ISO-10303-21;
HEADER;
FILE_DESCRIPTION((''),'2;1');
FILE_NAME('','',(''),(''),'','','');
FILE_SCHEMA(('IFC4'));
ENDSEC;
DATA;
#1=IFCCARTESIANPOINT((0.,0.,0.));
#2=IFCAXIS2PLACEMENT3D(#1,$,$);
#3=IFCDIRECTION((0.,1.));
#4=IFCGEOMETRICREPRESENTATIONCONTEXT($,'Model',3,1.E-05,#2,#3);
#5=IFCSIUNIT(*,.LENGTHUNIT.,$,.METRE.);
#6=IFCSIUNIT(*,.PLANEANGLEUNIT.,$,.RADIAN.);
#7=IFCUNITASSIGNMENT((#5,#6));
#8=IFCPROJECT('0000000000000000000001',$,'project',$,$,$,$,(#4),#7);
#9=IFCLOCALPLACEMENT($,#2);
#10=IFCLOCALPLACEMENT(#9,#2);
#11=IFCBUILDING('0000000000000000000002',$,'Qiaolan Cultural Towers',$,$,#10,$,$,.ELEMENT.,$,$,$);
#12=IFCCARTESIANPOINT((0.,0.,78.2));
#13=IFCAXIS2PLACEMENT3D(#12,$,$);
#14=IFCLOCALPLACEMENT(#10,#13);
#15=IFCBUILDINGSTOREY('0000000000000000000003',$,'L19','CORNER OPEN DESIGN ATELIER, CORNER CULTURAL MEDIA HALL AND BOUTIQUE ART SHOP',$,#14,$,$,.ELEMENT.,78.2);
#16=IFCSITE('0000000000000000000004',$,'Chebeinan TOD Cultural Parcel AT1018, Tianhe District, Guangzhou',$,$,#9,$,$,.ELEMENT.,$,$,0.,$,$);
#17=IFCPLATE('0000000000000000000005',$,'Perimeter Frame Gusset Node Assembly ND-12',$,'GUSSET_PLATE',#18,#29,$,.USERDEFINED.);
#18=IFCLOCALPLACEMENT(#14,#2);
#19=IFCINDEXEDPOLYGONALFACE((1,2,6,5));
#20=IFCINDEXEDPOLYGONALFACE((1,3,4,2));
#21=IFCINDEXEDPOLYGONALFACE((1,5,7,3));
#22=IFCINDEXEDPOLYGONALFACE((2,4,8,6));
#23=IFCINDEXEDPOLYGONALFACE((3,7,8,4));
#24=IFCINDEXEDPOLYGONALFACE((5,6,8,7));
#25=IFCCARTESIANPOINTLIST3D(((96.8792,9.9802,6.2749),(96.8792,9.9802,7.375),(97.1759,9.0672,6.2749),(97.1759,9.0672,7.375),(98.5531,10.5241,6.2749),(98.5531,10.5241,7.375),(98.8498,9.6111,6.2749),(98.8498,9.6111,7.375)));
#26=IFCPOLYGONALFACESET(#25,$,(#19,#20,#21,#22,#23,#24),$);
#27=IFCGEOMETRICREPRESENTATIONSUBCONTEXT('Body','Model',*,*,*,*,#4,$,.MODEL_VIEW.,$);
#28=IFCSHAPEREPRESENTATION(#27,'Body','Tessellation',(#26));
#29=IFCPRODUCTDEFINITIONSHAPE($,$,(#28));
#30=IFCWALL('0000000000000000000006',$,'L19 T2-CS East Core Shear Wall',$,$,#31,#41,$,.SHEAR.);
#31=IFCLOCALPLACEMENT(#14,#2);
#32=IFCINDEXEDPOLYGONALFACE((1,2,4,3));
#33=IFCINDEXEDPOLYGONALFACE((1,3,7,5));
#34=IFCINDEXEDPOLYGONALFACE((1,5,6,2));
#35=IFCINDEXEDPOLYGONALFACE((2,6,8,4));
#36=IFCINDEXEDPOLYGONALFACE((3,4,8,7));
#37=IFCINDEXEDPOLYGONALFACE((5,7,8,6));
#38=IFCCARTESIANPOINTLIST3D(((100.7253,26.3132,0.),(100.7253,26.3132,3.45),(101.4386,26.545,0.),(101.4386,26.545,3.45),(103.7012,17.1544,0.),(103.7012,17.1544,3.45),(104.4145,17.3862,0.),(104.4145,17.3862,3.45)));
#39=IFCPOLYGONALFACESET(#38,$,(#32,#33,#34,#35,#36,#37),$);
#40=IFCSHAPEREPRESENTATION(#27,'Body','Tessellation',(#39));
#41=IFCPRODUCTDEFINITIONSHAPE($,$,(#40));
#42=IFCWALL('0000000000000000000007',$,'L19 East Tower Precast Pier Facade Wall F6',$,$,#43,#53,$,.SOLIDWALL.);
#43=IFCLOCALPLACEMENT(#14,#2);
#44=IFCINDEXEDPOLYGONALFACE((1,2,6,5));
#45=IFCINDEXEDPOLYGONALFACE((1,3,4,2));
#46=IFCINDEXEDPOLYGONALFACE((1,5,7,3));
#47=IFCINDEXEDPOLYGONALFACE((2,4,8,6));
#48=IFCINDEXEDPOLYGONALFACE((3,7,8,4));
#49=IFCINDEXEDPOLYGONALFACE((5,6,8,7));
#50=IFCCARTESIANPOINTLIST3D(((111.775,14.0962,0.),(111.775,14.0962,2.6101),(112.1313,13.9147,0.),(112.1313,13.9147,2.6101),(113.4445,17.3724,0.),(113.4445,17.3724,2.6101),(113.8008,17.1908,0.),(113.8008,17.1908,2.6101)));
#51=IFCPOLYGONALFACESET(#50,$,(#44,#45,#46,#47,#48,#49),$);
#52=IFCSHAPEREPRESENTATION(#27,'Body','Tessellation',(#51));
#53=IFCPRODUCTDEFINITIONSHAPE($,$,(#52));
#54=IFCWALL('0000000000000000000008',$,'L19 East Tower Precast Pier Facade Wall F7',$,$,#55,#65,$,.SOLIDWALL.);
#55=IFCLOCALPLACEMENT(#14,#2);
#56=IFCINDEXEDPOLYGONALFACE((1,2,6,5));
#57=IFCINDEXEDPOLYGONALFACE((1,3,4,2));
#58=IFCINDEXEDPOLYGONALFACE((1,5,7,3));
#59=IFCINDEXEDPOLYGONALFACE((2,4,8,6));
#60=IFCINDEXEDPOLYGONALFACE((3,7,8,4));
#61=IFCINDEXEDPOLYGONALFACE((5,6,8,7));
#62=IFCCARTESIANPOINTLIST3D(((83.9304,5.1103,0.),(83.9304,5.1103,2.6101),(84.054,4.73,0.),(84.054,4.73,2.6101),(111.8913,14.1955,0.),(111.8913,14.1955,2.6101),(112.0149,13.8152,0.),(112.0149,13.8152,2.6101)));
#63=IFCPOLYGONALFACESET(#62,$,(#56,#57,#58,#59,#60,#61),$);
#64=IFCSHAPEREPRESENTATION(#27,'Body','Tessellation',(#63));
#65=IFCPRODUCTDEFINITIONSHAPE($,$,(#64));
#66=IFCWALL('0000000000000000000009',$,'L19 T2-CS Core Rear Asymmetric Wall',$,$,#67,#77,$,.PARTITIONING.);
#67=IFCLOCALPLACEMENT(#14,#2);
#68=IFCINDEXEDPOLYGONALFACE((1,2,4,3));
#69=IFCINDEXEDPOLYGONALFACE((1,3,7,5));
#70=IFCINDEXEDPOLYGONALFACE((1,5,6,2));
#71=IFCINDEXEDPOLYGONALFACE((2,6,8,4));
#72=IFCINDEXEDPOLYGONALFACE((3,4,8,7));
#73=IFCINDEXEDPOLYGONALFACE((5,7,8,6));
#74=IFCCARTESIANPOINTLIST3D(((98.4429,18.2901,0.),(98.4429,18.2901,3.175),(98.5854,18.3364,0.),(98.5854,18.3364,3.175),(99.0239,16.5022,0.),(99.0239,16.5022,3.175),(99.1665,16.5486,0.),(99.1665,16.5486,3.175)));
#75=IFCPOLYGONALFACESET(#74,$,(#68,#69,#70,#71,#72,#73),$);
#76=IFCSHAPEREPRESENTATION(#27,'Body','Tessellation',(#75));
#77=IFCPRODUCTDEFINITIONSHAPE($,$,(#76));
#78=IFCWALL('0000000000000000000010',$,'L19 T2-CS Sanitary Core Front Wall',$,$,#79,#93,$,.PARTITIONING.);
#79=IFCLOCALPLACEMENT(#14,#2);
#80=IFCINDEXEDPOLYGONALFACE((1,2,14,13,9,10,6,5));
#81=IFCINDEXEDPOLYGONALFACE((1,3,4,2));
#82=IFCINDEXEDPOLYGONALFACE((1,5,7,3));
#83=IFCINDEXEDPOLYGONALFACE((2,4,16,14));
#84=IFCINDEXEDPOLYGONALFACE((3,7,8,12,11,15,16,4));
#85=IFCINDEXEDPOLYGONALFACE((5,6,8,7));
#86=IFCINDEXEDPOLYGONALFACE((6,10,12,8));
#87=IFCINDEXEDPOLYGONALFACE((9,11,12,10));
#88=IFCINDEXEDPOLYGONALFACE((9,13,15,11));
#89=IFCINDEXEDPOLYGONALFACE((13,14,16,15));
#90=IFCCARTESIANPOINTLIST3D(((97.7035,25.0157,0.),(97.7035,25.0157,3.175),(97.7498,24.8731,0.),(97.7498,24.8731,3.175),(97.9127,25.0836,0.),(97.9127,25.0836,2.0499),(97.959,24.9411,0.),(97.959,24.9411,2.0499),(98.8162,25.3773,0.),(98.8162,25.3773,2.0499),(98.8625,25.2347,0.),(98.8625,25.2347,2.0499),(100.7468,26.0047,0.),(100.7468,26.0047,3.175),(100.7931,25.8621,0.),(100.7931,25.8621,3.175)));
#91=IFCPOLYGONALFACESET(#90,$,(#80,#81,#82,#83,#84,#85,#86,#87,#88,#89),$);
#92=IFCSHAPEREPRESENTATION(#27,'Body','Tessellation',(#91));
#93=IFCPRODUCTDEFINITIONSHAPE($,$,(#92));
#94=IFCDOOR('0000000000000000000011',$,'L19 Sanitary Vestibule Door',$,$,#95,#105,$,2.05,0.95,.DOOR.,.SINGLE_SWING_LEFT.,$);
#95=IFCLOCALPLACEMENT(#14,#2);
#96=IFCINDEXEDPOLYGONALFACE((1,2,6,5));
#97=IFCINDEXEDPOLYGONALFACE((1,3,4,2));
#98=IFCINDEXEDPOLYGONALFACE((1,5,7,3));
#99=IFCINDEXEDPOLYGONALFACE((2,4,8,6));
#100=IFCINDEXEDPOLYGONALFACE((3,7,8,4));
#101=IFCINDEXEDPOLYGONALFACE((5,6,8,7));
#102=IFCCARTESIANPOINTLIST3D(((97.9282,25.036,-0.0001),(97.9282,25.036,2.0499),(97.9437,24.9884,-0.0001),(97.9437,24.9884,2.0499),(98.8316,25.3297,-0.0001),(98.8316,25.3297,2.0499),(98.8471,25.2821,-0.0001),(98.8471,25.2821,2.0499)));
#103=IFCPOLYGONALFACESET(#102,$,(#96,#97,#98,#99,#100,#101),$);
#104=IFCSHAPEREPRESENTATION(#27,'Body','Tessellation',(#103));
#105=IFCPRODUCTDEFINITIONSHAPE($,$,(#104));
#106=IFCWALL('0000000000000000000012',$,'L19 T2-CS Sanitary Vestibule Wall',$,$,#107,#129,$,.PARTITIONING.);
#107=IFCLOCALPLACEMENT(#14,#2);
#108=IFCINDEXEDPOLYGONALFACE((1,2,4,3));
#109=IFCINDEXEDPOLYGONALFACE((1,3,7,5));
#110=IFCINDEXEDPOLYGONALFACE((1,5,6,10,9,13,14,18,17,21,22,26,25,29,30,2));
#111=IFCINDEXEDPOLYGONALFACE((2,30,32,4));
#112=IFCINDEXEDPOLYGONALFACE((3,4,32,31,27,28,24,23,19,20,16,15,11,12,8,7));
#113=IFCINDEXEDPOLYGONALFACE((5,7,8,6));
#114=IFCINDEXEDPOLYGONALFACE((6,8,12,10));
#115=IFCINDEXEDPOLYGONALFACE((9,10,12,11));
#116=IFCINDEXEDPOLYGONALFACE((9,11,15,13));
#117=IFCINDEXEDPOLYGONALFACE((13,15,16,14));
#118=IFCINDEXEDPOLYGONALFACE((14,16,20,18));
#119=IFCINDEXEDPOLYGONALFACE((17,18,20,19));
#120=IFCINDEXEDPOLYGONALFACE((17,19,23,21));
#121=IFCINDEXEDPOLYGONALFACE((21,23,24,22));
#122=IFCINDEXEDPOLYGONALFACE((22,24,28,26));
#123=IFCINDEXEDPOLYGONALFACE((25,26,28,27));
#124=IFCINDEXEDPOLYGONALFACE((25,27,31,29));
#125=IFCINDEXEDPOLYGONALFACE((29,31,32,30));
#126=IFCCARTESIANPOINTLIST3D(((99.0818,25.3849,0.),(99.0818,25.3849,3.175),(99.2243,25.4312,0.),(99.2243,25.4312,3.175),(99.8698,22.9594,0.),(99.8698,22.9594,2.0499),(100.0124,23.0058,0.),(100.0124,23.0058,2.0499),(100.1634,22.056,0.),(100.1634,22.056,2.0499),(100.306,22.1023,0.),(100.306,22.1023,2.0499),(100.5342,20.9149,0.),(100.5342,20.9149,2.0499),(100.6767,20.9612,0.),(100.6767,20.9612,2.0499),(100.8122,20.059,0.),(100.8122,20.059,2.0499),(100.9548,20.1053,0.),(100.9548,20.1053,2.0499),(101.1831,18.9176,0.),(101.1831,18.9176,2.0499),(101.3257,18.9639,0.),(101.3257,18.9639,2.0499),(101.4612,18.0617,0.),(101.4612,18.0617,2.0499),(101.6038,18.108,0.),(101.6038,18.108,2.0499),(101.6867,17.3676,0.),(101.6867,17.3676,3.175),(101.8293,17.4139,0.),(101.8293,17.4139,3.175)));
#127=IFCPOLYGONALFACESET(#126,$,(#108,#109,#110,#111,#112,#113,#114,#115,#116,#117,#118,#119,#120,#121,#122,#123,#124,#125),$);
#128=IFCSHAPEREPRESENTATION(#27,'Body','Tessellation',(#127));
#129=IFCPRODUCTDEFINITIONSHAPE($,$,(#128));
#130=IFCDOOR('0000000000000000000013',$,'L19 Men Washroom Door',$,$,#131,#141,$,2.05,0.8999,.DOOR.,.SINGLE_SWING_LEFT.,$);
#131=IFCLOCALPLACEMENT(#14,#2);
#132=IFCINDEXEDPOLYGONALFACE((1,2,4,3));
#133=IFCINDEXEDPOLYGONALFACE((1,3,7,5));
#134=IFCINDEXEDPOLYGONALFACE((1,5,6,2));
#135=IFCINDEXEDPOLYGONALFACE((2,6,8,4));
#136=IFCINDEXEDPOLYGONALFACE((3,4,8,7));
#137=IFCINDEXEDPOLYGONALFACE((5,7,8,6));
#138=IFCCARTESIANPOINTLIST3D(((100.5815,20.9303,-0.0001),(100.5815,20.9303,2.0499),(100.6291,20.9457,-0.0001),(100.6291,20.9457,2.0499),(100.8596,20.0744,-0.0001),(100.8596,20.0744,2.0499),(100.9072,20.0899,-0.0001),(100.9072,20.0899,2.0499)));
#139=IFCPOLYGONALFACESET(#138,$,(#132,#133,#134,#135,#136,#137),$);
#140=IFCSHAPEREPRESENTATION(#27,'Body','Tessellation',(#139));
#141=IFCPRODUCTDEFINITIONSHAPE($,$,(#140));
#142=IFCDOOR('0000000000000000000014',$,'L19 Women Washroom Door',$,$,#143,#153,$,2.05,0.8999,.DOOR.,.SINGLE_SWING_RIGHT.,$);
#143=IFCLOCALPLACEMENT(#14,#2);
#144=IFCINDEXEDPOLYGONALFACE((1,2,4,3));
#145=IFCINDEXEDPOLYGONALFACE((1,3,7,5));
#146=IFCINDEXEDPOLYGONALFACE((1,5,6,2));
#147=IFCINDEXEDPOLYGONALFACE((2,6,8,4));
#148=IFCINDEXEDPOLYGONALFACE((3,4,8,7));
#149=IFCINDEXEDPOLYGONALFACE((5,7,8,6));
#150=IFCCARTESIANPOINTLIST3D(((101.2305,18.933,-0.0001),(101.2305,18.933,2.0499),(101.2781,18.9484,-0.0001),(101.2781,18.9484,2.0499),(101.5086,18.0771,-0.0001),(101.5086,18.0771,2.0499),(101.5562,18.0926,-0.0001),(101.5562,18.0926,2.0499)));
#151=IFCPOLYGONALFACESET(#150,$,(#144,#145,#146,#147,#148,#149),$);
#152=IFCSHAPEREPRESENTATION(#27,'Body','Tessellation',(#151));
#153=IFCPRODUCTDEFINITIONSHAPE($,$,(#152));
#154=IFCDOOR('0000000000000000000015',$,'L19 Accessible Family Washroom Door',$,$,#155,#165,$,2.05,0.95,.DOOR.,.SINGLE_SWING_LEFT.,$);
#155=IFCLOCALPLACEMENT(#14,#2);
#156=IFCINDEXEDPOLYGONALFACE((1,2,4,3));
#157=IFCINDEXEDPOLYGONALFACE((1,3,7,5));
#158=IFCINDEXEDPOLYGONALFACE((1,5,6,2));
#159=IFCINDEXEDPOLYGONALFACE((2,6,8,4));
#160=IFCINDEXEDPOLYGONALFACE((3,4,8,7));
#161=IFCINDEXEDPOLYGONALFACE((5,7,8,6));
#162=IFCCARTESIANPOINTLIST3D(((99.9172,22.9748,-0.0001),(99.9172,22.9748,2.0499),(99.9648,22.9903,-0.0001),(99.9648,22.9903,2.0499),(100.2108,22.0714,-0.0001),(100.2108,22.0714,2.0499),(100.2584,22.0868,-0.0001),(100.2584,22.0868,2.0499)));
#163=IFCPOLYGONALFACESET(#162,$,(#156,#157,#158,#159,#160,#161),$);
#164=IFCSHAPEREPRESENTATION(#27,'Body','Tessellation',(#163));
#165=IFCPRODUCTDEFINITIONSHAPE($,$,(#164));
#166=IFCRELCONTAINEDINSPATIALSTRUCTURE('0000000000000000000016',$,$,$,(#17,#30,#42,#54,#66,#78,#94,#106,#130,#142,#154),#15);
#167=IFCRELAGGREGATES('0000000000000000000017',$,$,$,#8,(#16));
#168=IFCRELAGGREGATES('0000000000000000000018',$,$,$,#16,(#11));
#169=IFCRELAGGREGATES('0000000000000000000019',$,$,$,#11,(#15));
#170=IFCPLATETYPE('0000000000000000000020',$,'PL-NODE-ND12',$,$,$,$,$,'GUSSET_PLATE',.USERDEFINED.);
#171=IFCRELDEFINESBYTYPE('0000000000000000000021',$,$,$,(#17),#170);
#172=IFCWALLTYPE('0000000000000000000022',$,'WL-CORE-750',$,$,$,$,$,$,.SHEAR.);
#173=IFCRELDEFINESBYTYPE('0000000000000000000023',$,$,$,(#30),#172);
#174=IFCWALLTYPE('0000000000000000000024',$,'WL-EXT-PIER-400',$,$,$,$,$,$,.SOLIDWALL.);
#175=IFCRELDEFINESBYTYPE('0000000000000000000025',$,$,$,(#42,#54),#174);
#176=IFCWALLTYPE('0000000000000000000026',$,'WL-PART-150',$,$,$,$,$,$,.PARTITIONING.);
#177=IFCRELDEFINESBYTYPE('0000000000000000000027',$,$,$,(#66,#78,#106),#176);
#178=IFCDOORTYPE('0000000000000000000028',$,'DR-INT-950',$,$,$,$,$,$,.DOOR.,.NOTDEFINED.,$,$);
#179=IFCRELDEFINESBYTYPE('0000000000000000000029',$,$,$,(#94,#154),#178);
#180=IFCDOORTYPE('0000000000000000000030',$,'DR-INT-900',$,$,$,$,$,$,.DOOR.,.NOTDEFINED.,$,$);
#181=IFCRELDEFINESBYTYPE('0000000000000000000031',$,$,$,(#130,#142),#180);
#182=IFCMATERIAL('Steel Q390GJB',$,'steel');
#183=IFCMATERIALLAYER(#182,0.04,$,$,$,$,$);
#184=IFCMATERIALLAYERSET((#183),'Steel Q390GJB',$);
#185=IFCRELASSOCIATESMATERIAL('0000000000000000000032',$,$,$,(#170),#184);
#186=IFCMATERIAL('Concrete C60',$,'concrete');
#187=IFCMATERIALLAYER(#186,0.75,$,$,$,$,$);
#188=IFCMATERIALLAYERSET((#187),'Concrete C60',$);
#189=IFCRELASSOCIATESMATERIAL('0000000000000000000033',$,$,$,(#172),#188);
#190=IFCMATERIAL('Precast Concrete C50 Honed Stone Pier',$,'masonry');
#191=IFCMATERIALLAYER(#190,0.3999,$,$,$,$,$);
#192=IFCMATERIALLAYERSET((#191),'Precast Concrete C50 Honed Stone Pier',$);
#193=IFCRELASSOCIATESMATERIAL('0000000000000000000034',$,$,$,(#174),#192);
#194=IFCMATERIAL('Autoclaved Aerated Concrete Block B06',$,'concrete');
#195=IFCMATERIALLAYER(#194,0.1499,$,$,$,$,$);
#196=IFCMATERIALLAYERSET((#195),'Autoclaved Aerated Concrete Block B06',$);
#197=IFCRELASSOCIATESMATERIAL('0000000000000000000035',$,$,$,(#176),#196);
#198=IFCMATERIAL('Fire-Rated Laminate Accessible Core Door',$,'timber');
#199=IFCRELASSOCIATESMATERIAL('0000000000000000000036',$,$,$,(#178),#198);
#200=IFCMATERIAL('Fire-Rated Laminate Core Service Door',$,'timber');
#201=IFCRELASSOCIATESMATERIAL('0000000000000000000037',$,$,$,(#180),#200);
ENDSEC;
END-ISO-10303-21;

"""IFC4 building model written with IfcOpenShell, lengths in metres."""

from ifc_helpers import new_model, si_unit, direction, frame, frame_2d, origin, origin_2d, place, context, subcontext, project, spatial, rectangle, extrude, material, layer, layer_set, type_object, element, fill, save


model = new_model("IFC4")

# Units and contexts
model_context = context("Model", 3, precision=1e-05, world=origin(), true_north=direction((0.0, 1.0)))
body_context = subcontext(model_context, "Body", "Model", "MODEL_VIEW")
ifc_project = project(units=[si_unit("LENGTHUNIT", "METRE"), si_unit("PLANEANGLEUNIT", "RADIAN")], contexts=[model_context])

# Site, building, storey
site_placement = place(None, origin())
site = spatial("IfcSite", under=ifc_project, at=site_placement, Name="Chebeinan TOD Cultural Parcel AT1018, Tianhe District, Guangzhou", CompositionType="ELEMENT", RefElevation=0.0)
building_placement = place(site_placement, origin())
building = spatial("IfcBuilding", under=site, at=building_placement, Name="Qiaolan Cultural Towers", CompositionType="ELEMENT")
storey_placement = place(building_placement, frame((0.0, 0.0, 78.2)))
storey = spatial("IfcBuildingStorey", under=building, at=storey_placement, Name="L19", Description="CORNER OPEN DESIGN ATELIER, CORNER CULTURAL MEDIA HALL AND BOUTIQUE ART SHOP", CompositionType="ELEMENT", Elevation=78.2)

# Plate
ifc_material_1 = material(Name="Steel Q390GJB", Category="steel")
ifc_layer_1 = layer(ifc_material_1, 0.04)
ifc_layer_set_1 = layer_set([ifc_layer_1], Name="Steel Q390GJB")
plate_type_1 = type_object("IfcPlateType", Name="PL-NODE-ND12", ElementType="GUSSET_PLATE", PredefinedType="USERDEFINED", material=ifc_layer_set_1)
plate_placement = place(storey_placement, frame((97.8645, 9.7957, 6.2749), z_axis=(0.0, 0.0, 1.0), x_axis=(0.951057, 0.309017, 0.0)))
element("IfcPlate", 1, at=plate_placement, inside=storey, type_object=plate_type_1, Name="Perimeter Frame Gusset Node Assembly ND-12", ObjectType="GUSSET_PLATE", PredefinedType="USERDEFINED", context=body_context, shape_type="SweptSolid", body=[
    extrude(rectangle(XDim=1.76, YDim=0.96, at=origin_2d()), origin(), (0.0, 0.0, 1.0), 1.1001),
])

# Walls
ifc_material_2 = material(Name="Concrete C60", Category="concrete")
ifc_layer_2 = layer(ifc_material_2, 0.75)
ifc_layer_set_2 = layer_set([ifc_layer_2], Name="Concrete C60")
wall_type_1 = type_object("IfcWallType", Name="WL-CORE-750", PredefinedType="SHEAR", material=ifc_layer_set_2)
wall_1_placement = place(storey_placement, frame((101.082, 26.429, 0.0), z_axis=(0.0, 0.0, 1.0), x_axis=(0.309016, -0.951057, 0.0)))
element("IfcWall", 2, at=wall_1_placement, inside=storey, type_object=wall_type_1, Name="L19 T2-CS East Core Shear Wall", PredefinedType="SHEAR", context=body_context, shape_type="SweptSolid", body=[
    extrude(rectangle(XDim=9.6301, YDim=0.75, at=frame_2d((4.8149, 0.0))), origin(), (0.0, 0.0, 1.0), 3.45),
])
ifc_material_3 = material(Name="Precast Concrete C50 Honed Stone Pier", Category="masonry")
ifc_layer_3 = layer(ifc_material_3, 0.3999)
ifc_layer_set_3 = layer_set([ifc_layer_3], Name="Precast Concrete C50 Honed Stone Pier")
wall_type_2 = type_object("IfcWallType", Name="WL-EXT-PIER-400", PredefinedType="SOLIDWALL", material=ifc_layer_set_3)
wall_2_placement = place(storey_placement, frame((113.6226, 17.2815, 0.0), z_axis=(0.0, 0.0, 1.0), x_axis=(-0.454026, -0.890988, 0.0)))
element("IfcWall", 3, at=wall_2_placement, inside=storey, type_object=wall_type_2, Name="L19 East Tower Precast Pier Facade Wall F6", PredefinedType="SOLIDWALL", context=body_context, shape_type="SweptSolid", body=[
    extrude(rectangle(XDim=3.677, YDim=0.3999, at=frame_2d((1.8384, 0.0))), origin(), (0.0, 0.0, 1.0), 2.6101),
])
wall_3_placement = place(storey_placement, frame((111.9531, 14.0054, 0.0), z_axis=(0.0, 0.0, 1.0), x_axis=(-0.951055, -0.309021, 0.0)))
element("IfcWall", 4, at=wall_3_placement, inside=storey, type_object=wall_type_2, Name="L19 East Tower Precast Pier Facade Wall F7", PredefinedType="SOLIDWALL", context=body_context, shape_type="SweptSolid", body=[
    extrude(rectangle(XDim=29.3999, YDim=0.3999, at=frame_2d((14.7, 0.0))), origin(), (0.0, 0.0, 1.0), 2.6101),
])
ifc_material_4 = material(Name="Autoclaved Aerated Concrete Block B06", Category="concrete")
ifc_layer_4 = layer(ifc_material_4, 0.1499)
ifc_layer_set_4 = layer_set([ifc_layer_4], Name="Autoclaved Aerated Concrete Block B06")
wall_type_3 = type_object("IfcWallType", Name="WL-PART-150", PredefinedType="PARTITIONING", material=ifc_layer_set_4)
wall_4_placement = place(storey_placement, frame((98.5142, 18.3132, 0.0), z_axis=(0.0, 0.0, 1.0), x_axis=(0.309089, -0.951033, 0.0)))
element("IfcWall", 5, at=wall_4_placement, inside=storey, type_object=wall_type_3, Name="L19 T2-CS Core Rear Asymmetric Wall", PredefinedType="PARTITIONING", context=body_context, shape_type="SweptSolid", body=[
    extrude(rectangle(XDim=1.8799, YDim=0.1499, at=frame_2d((0.9399, 0.0))), origin(), (0.0, 0.0, 1.0), 3.175),
])

# Wall, opening, door
wall_5_placement = place(storey_placement, frame((97.7266, 24.9443, 0.0), z_axis=(0.0, 0.0, 1.0), x_axis=(0.951037, 0.309077, 0.0)))
wall_5 = element("IfcWall", 6, at=wall_5_placement, inside=storey, type_object=wall_type_3, Name="L19 T2-CS Sanitary Core Front Wall", PredefinedType="PARTITIONING", context=body_context, shape_type="SweptSolid", body=[
    extrude(rectangle(XDim=3.2, YDim=0.1499, at=frame_2d((1.6001, 0.0))), origin(), (0.0, 0.0, 1.0), 3.175),
])
opening_1_placement = place(wall_5_placement, frame((0.22, 0.0, 0.0)))
opening_1 = element("IfcOpeningElement", 7, at=opening_1_placement, cuts=wall_5, PredefinedType="OPENING", context=body_context, shape_type="SweptSolid", body=[
    extrude(rectangle(XDim=0.95, YDim=2.05, at=frame_2d((0.4751, 1.0249))), frame((0.0, 0.085, 0.0), z_axis=(0.0, -1.0, 0.0), x_axis=(1.0, 0.0, 0.0)), (0.0, 0.0, 1.0), 0.1699),
])
ifc_material_5 = material(Name="Fire-Rated Laminate Accessible Core Door", Category="timber")
door_type_1 = type_object("IfcDoorType", Name="DR-INT-950", OperationType="NOTDEFINED", PredefinedType="DOOR", material=ifc_material_5)
door_1_placement = place(opening_1_placement, origin())
door_1 = element("IfcDoor", 8, at=door_1_placement, inside=storey, type_object=door_type_1, Name="L19 Sanitary Vestibule Door", OperationType="SINGLE_SWING_LEFT", OverallHeight=2.05, OverallWidth=0.95, PredefinedType="DOOR", context=body_context, shape_type="SweptSolid", body=[
    extrude(rectangle(XDim=0.95, YDim=2.05, at=frame_2d((0.4751, 1.0249))), frame((0.0, 0.0249, 0.0), z_axis=(0.0, -1.0, 0.0), x_axis=(1.0, 0.0, 0.0)), (0.0, 0.0, 1.0), 0.05),
])
fill(opening_1, door_1)

# Wall, openings, doors
wall_6_placement = place(storey_placement, frame((99.1531, 25.408, 0.0), z_axis=(0.0, 0.0, 1.0), x_axis=(0.309016, -0.951057, 0.0)))
wall_6 = element("IfcWall", 9, at=wall_6_placement, inside=storey, type_object=wall_type_3, Name="L19 T2-CS Sanitary Vestibule Wall", PredefinedType="PARTITIONING", context=body_context, shape_type="SweptSolid", body=[
    extrude(rectangle(XDim=8.4299, YDim=0.1499, at=frame_2d((4.2148, 0.0))), origin(), (0.0, 0.0, 1.0), 3.175),
])
opening_2_placement = place(wall_6_placement, frame((2.55, 0.0, 0.0)))
opening_2 = element("IfcOpeningElement", 10, at=opening_2_placement, cuts=wall_6, PredefinedType="OPENING", context=body_context, shape_type="SweptSolid", body=[
    extrude(rectangle(XDim=0.95, YDim=2.05, at=frame_2d((0.4751, 1.0249))), frame((0.0, 0.085, 0.0), z_axis=(0.0, -1.0, 0.0), x_axis=(1.0, 0.0, 0.0)), (0.0, 0.0, 1.0), 0.1699),
])
opening_3_placement = place(wall_6_placement, frame((4.7, 0.0, 0.0)))
opening_3 = element("IfcOpeningElement", 11, at=opening_3_placement, cuts=wall_6, PredefinedType="OPENING", context=body_context, shape_type="SweptSolid", body=[
    extrude(rectangle(XDim=0.8999, YDim=2.05, at=frame_2d((0.45, 1.0249))), frame((0.0, 0.085, 0.0), z_axis=(0.0, -1.0, 0.0), x_axis=(1.0, 0.0, 0.0)), (0.0, 0.0, 1.0), 0.1699),
])
opening_4_placement = place(wall_6_placement, frame((6.8, 0.0, 0.0)))
opening_4 = element("IfcOpeningElement", 12, at=opening_4_placement, cuts=wall_6, PredefinedType="OPENING", context=body_context, shape_type="SweptSolid", body=[
    extrude(rectangle(XDim=0.8999, YDim=2.05, at=frame_2d((0.45, 1.0249))), frame((0.0, 0.085, 0.0), z_axis=(0.0, -1.0, 0.0), x_axis=(1.0, 0.0, 0.0)), (0.0, 0.0, 1.0), 0.1699),
])
ifc_material_6 = material(Name="Fire-Rated Laminate Core Service Door", Category="timber")
door_type_2 = type_object("IfcDoorType", Name="DR-INT-900", OperationType="NOTDEFINED", PredefinedType="DOOR", material=ifc_material_6)
door_2_placement = place(opening_3_placement, origin())
door_2 = element("IfcDoor", 13, at=door_2_placement, inside=storey, type_object=door_type_2, Name="L19 Men Washroom Door", OperationType="SINGLE_SWING_LEFT", OverallHeight=2.05, OverallWidth=0.8999, PredefinedType="DOOR", context=body_context, shape_type="SweptSolid", body=[
    extrude(rectangle(XDim=0.8999, YDim=2.05, at=frame_2d((0.45, 1.0249))), frame((0.0, 0.0249, 0.0), z_axis=(0.0, -1.0, 0.0), x_axis=(1.0, 0.0, 0.0)), (0.0, 0.0, 1.0), 0.05),
])
fill(opening_3, door_2)
door_3_placement = place(opening_4_placement, origin())
door_3 = element("IfcDoor", 14, at=door_3_placement, inside=storey, type_object=door_type_2, Name="L19 Women Washroom Door", OperationType="SINGLE_SWING_RIGHT", OverallHeight=2.05, OverallWidth=0.8999, PredefinedType="DOOR", context=body_context, shape_type="SweptSolid", body=[
    extrude(rectangle(XDim=0.8999, YDim=2.05, at=frame_2d((0.45, 1.0249))), frame((0.0, 0.0249, 0.0), z_axis=(0.0, -1.0, 0.0), x_axis=(1.0, 0.0, 0.0)), (0.0, 0.0, 1.0), 0.05),
])
fill(opening_4, door_3)
door_4_placement = place(opening_2_placement, origin())
door_4 = element("IfcDoor", 15, at=door_4_placement, inside=storey, type_object=door_type_1, Name="L19 Accessible Family Washroom Door", OperationType="SINGLE_SWING_LEFT", OverallHeight=2.05, OverallWidth=0.95, PredefinedType="DOOR", context=body_context, shape_type="SweptSolid", body=[
    extrude(rectangle(XDim=0.95, YDim=2.05, at=frame_2d((0.4751, 1.0249))), frame((0.0, 0.0249, 0.0), z_axis=(0.0, -1.0, 0.0), x_axis=(1.0, 0.0, 0.0)), (0.0, 0.0, 1.0), 0.05),
])
fill(opening_2, door_4)

save(model, "model.ifc")
